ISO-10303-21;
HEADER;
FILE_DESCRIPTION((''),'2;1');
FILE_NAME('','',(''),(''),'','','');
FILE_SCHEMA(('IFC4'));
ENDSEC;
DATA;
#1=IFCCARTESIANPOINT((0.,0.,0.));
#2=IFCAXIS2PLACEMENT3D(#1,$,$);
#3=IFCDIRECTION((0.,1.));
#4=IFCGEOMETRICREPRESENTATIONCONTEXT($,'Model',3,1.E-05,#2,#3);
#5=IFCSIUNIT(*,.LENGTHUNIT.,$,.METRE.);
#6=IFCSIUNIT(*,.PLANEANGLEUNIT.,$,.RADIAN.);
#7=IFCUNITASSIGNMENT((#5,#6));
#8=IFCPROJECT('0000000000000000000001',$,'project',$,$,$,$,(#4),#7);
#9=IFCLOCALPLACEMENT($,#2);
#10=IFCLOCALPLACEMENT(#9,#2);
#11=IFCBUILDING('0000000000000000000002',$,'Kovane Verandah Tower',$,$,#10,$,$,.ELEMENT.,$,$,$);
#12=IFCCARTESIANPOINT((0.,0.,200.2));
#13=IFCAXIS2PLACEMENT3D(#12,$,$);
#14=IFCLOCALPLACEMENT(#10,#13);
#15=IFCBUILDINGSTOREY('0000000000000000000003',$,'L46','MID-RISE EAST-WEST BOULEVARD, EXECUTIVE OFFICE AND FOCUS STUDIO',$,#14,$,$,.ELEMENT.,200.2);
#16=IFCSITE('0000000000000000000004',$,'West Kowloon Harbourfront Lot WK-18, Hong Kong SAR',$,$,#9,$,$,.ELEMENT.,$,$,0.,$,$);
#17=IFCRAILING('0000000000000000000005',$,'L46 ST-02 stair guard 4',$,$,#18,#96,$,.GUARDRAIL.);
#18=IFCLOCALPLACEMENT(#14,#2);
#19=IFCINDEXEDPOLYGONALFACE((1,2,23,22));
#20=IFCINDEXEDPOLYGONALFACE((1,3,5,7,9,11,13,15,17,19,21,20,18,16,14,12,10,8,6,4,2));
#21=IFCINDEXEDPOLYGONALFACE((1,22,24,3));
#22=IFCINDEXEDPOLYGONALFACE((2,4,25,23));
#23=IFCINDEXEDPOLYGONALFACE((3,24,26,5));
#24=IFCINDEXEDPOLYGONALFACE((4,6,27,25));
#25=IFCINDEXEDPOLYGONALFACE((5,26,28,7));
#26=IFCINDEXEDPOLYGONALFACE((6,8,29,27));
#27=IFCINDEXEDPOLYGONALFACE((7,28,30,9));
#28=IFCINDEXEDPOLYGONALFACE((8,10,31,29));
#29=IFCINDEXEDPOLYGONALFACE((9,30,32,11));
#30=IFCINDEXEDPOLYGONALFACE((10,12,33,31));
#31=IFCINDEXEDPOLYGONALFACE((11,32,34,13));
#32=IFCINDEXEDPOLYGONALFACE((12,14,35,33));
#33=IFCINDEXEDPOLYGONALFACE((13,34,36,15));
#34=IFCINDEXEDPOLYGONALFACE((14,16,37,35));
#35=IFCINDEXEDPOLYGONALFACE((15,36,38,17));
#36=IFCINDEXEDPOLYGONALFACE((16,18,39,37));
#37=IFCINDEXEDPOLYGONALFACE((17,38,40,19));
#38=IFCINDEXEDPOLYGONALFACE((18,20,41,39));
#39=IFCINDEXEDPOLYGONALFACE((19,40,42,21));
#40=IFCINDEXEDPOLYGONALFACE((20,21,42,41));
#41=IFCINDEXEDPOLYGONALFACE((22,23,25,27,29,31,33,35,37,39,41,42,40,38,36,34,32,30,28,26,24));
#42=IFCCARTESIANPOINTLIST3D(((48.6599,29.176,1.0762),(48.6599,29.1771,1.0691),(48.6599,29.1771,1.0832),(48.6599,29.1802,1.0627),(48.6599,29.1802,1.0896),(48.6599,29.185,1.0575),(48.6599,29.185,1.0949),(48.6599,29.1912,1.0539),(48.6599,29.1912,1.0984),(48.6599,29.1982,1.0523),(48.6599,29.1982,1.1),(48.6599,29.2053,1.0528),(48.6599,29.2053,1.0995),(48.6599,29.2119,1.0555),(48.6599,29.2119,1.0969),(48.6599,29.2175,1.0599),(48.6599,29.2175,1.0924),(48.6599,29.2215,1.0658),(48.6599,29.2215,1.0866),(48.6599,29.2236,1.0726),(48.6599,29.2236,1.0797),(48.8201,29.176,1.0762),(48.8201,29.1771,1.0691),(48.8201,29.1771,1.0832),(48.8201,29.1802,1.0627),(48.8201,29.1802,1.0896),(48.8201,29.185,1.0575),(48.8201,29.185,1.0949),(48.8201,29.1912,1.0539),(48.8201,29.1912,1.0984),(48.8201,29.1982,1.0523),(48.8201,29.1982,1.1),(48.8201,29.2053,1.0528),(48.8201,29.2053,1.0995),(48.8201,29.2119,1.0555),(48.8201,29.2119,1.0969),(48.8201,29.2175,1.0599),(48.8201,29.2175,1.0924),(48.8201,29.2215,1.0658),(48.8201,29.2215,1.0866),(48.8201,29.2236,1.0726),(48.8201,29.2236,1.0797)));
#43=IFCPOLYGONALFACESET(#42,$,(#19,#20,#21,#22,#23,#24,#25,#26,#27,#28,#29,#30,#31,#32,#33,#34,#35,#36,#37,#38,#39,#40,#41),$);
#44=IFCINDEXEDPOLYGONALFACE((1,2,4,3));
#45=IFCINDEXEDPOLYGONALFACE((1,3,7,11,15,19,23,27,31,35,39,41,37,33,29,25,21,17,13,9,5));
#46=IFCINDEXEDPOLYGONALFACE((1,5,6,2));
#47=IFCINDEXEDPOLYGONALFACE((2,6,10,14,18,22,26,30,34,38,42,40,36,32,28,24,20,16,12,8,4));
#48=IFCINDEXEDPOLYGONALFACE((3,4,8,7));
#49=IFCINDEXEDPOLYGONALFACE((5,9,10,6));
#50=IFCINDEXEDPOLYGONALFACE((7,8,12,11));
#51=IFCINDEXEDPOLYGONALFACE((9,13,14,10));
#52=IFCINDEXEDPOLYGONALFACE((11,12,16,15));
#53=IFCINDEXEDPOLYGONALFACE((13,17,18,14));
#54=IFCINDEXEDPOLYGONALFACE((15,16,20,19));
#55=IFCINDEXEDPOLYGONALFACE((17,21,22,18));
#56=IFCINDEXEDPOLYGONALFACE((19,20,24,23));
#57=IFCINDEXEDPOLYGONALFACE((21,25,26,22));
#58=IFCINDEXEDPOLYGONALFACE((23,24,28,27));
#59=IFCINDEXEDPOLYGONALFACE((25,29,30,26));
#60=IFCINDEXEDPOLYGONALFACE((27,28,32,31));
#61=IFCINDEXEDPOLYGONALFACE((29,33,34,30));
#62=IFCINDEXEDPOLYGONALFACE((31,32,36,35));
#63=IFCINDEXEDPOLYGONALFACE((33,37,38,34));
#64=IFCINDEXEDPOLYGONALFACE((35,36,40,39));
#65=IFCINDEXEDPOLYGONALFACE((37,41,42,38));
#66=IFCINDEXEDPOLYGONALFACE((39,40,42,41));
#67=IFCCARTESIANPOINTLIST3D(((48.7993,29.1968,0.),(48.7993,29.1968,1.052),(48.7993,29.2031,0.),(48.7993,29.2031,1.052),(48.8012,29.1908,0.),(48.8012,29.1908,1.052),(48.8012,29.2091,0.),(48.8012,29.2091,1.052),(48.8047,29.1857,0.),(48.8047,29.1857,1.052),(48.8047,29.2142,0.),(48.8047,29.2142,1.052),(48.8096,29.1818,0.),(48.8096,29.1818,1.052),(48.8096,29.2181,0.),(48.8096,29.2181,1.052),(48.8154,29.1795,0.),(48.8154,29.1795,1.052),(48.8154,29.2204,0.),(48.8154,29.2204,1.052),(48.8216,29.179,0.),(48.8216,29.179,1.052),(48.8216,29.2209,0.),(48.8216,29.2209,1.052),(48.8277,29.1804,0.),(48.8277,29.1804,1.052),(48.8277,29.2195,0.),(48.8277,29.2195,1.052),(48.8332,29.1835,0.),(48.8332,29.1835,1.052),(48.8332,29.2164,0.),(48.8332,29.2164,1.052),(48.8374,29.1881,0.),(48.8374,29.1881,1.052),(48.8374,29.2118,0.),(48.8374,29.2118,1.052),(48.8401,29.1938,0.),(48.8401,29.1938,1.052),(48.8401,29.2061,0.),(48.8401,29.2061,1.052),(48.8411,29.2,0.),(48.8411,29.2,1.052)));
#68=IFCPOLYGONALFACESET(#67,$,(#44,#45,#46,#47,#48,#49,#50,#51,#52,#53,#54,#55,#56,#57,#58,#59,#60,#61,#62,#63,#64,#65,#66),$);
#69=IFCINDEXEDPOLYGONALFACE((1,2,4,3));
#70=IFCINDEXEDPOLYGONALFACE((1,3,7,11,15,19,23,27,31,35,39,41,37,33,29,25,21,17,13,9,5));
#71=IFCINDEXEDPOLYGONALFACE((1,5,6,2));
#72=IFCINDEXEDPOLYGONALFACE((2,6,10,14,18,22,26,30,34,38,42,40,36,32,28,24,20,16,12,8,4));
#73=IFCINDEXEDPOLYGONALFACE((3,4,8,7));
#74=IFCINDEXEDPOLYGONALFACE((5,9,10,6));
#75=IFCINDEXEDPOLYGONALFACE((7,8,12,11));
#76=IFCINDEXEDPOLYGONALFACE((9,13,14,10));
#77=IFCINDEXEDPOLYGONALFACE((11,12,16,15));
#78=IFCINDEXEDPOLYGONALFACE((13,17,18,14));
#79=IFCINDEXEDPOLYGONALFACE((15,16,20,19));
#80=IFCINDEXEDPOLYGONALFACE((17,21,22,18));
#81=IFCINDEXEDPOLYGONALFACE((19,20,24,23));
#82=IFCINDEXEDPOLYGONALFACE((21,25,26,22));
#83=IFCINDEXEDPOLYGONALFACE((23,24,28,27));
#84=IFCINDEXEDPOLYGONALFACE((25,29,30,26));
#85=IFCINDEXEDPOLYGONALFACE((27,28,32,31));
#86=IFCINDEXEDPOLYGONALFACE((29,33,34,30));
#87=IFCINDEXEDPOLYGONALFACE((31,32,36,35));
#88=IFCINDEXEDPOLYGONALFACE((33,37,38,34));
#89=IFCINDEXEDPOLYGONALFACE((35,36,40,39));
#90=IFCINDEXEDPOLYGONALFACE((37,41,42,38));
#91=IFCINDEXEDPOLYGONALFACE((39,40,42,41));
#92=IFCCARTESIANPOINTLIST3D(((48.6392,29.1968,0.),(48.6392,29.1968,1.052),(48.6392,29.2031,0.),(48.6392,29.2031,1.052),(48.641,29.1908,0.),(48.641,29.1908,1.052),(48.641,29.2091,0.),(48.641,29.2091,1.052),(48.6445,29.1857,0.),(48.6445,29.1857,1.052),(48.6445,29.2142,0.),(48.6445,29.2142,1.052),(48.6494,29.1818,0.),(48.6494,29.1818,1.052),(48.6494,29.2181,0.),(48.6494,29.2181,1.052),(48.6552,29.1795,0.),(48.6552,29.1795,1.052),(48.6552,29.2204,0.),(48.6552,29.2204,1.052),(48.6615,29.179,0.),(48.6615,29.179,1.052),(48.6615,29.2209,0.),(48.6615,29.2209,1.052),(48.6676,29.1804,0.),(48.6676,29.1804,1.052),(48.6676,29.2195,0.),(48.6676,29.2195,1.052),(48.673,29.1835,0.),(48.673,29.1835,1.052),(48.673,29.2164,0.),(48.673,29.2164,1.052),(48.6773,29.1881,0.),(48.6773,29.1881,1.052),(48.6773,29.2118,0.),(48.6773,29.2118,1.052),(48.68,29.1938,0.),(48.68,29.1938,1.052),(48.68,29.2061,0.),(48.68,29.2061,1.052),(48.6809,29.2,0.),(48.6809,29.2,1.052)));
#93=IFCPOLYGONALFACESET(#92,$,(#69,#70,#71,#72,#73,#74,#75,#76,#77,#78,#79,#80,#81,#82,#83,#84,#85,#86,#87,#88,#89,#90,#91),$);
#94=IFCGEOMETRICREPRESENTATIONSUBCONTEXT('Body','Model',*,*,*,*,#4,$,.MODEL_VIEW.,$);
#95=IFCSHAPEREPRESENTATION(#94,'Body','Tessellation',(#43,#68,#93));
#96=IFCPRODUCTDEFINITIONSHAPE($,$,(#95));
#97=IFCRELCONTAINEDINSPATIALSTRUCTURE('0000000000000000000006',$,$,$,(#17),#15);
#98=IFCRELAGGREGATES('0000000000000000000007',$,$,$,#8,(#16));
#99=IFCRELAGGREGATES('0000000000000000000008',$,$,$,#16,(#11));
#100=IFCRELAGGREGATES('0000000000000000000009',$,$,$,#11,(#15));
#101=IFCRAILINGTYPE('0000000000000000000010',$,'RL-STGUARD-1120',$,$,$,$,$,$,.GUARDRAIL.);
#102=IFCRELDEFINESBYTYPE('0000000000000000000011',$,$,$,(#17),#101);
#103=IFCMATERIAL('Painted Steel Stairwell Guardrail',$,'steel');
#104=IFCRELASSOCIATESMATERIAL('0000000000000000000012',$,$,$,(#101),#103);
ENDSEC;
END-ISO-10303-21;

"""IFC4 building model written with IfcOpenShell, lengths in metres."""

from ifc_helpers import new_model, si_unit, direction, frame, origin, origin_2d, place, context, subcontext, project, spatial, circle, extrude, material, type_object, element, save


model = new_model("IFC4")

# Units and contexts
model_context = context("Model", 3, precision=1e-05, world=origin(), true_north=direction((0.0, 1.0)))
body_context = subcontext(model_context, "Body", "Model", "MODEL_VIEW")
ifc_project = project(units=[si_unit("LENGTHUNIT", "METRE"), si_unit("PLANEANGLEUNIT", "RADIAN")], contexts=[model_context])

# Site, building, storey
site_placement = place(None, origin())
site = spatial("IfcSite", under=ifc_project, at=site_placement, Name="West Kowloon Harbourfront Lot WK-18, Hong Kong SAR", CompositionType="ELEMENT", RefElevation=0.0)
building_placement = place(site_placement, origin())
building = spatial("IfcBuilding", under=site, at=building_placement, Name="Kovane Verandah Tower", CompositionType="ELEMENT")
storey_placement = place(building_placement, frame((0.0, 0.0, 200.2)))
storey = spatial("IfcBuildingStorey", under=building, at=storey_placement, Name="L46", Description="MID-RISE EAST-WEST BOULEVARD, EXECUTIVE OFFICE AND FOCUS STUDIO", CompositionType="ELEMENT", Elevation=200.2)

# Railing
ifc_material_1 = material(Name="Painted Steel Stairwell Guardrail", Category="steel")
railing_type_1 = type_object("IfcRailingType", Name="RL-STGUARD-1120", PredefinedType="GUARDRAIL", material=ifc_material_1)
railing_1_placement = place(storey_placement, frame((48.8201, 29.2, 0.0)))
element("IfcRailing", 1, at=railing_1_placement, inside=storey, type_object=railing_type_1, Name="L46 ST-02 stair guard 4", PredefinedType="GUARDRAIL", context=body_context, shape_type="SweptSolid", body=[
    extrude(circle(Radius=0.0239, at=origin_2d()), frame((0.0, 0.0, 1.0762), z_axis=(-1.0, 0.0, 0.0), x_axis=(0.0, -1.0, 0.0)), (0.0, 0.0, 1.0), 0.1602),
    extrude(circle(Radius=0.021, at=origin_2d()), origin(), (0.0, 0.0, 1.0), 1.052),
    extrude(circle(Radius=0.021, at=origin_2d()), frame((-0.1602, 0.0, 0.0)), (0.0, 0.0, 1.0), 1.052),
])

save(model, "model.ifc")
